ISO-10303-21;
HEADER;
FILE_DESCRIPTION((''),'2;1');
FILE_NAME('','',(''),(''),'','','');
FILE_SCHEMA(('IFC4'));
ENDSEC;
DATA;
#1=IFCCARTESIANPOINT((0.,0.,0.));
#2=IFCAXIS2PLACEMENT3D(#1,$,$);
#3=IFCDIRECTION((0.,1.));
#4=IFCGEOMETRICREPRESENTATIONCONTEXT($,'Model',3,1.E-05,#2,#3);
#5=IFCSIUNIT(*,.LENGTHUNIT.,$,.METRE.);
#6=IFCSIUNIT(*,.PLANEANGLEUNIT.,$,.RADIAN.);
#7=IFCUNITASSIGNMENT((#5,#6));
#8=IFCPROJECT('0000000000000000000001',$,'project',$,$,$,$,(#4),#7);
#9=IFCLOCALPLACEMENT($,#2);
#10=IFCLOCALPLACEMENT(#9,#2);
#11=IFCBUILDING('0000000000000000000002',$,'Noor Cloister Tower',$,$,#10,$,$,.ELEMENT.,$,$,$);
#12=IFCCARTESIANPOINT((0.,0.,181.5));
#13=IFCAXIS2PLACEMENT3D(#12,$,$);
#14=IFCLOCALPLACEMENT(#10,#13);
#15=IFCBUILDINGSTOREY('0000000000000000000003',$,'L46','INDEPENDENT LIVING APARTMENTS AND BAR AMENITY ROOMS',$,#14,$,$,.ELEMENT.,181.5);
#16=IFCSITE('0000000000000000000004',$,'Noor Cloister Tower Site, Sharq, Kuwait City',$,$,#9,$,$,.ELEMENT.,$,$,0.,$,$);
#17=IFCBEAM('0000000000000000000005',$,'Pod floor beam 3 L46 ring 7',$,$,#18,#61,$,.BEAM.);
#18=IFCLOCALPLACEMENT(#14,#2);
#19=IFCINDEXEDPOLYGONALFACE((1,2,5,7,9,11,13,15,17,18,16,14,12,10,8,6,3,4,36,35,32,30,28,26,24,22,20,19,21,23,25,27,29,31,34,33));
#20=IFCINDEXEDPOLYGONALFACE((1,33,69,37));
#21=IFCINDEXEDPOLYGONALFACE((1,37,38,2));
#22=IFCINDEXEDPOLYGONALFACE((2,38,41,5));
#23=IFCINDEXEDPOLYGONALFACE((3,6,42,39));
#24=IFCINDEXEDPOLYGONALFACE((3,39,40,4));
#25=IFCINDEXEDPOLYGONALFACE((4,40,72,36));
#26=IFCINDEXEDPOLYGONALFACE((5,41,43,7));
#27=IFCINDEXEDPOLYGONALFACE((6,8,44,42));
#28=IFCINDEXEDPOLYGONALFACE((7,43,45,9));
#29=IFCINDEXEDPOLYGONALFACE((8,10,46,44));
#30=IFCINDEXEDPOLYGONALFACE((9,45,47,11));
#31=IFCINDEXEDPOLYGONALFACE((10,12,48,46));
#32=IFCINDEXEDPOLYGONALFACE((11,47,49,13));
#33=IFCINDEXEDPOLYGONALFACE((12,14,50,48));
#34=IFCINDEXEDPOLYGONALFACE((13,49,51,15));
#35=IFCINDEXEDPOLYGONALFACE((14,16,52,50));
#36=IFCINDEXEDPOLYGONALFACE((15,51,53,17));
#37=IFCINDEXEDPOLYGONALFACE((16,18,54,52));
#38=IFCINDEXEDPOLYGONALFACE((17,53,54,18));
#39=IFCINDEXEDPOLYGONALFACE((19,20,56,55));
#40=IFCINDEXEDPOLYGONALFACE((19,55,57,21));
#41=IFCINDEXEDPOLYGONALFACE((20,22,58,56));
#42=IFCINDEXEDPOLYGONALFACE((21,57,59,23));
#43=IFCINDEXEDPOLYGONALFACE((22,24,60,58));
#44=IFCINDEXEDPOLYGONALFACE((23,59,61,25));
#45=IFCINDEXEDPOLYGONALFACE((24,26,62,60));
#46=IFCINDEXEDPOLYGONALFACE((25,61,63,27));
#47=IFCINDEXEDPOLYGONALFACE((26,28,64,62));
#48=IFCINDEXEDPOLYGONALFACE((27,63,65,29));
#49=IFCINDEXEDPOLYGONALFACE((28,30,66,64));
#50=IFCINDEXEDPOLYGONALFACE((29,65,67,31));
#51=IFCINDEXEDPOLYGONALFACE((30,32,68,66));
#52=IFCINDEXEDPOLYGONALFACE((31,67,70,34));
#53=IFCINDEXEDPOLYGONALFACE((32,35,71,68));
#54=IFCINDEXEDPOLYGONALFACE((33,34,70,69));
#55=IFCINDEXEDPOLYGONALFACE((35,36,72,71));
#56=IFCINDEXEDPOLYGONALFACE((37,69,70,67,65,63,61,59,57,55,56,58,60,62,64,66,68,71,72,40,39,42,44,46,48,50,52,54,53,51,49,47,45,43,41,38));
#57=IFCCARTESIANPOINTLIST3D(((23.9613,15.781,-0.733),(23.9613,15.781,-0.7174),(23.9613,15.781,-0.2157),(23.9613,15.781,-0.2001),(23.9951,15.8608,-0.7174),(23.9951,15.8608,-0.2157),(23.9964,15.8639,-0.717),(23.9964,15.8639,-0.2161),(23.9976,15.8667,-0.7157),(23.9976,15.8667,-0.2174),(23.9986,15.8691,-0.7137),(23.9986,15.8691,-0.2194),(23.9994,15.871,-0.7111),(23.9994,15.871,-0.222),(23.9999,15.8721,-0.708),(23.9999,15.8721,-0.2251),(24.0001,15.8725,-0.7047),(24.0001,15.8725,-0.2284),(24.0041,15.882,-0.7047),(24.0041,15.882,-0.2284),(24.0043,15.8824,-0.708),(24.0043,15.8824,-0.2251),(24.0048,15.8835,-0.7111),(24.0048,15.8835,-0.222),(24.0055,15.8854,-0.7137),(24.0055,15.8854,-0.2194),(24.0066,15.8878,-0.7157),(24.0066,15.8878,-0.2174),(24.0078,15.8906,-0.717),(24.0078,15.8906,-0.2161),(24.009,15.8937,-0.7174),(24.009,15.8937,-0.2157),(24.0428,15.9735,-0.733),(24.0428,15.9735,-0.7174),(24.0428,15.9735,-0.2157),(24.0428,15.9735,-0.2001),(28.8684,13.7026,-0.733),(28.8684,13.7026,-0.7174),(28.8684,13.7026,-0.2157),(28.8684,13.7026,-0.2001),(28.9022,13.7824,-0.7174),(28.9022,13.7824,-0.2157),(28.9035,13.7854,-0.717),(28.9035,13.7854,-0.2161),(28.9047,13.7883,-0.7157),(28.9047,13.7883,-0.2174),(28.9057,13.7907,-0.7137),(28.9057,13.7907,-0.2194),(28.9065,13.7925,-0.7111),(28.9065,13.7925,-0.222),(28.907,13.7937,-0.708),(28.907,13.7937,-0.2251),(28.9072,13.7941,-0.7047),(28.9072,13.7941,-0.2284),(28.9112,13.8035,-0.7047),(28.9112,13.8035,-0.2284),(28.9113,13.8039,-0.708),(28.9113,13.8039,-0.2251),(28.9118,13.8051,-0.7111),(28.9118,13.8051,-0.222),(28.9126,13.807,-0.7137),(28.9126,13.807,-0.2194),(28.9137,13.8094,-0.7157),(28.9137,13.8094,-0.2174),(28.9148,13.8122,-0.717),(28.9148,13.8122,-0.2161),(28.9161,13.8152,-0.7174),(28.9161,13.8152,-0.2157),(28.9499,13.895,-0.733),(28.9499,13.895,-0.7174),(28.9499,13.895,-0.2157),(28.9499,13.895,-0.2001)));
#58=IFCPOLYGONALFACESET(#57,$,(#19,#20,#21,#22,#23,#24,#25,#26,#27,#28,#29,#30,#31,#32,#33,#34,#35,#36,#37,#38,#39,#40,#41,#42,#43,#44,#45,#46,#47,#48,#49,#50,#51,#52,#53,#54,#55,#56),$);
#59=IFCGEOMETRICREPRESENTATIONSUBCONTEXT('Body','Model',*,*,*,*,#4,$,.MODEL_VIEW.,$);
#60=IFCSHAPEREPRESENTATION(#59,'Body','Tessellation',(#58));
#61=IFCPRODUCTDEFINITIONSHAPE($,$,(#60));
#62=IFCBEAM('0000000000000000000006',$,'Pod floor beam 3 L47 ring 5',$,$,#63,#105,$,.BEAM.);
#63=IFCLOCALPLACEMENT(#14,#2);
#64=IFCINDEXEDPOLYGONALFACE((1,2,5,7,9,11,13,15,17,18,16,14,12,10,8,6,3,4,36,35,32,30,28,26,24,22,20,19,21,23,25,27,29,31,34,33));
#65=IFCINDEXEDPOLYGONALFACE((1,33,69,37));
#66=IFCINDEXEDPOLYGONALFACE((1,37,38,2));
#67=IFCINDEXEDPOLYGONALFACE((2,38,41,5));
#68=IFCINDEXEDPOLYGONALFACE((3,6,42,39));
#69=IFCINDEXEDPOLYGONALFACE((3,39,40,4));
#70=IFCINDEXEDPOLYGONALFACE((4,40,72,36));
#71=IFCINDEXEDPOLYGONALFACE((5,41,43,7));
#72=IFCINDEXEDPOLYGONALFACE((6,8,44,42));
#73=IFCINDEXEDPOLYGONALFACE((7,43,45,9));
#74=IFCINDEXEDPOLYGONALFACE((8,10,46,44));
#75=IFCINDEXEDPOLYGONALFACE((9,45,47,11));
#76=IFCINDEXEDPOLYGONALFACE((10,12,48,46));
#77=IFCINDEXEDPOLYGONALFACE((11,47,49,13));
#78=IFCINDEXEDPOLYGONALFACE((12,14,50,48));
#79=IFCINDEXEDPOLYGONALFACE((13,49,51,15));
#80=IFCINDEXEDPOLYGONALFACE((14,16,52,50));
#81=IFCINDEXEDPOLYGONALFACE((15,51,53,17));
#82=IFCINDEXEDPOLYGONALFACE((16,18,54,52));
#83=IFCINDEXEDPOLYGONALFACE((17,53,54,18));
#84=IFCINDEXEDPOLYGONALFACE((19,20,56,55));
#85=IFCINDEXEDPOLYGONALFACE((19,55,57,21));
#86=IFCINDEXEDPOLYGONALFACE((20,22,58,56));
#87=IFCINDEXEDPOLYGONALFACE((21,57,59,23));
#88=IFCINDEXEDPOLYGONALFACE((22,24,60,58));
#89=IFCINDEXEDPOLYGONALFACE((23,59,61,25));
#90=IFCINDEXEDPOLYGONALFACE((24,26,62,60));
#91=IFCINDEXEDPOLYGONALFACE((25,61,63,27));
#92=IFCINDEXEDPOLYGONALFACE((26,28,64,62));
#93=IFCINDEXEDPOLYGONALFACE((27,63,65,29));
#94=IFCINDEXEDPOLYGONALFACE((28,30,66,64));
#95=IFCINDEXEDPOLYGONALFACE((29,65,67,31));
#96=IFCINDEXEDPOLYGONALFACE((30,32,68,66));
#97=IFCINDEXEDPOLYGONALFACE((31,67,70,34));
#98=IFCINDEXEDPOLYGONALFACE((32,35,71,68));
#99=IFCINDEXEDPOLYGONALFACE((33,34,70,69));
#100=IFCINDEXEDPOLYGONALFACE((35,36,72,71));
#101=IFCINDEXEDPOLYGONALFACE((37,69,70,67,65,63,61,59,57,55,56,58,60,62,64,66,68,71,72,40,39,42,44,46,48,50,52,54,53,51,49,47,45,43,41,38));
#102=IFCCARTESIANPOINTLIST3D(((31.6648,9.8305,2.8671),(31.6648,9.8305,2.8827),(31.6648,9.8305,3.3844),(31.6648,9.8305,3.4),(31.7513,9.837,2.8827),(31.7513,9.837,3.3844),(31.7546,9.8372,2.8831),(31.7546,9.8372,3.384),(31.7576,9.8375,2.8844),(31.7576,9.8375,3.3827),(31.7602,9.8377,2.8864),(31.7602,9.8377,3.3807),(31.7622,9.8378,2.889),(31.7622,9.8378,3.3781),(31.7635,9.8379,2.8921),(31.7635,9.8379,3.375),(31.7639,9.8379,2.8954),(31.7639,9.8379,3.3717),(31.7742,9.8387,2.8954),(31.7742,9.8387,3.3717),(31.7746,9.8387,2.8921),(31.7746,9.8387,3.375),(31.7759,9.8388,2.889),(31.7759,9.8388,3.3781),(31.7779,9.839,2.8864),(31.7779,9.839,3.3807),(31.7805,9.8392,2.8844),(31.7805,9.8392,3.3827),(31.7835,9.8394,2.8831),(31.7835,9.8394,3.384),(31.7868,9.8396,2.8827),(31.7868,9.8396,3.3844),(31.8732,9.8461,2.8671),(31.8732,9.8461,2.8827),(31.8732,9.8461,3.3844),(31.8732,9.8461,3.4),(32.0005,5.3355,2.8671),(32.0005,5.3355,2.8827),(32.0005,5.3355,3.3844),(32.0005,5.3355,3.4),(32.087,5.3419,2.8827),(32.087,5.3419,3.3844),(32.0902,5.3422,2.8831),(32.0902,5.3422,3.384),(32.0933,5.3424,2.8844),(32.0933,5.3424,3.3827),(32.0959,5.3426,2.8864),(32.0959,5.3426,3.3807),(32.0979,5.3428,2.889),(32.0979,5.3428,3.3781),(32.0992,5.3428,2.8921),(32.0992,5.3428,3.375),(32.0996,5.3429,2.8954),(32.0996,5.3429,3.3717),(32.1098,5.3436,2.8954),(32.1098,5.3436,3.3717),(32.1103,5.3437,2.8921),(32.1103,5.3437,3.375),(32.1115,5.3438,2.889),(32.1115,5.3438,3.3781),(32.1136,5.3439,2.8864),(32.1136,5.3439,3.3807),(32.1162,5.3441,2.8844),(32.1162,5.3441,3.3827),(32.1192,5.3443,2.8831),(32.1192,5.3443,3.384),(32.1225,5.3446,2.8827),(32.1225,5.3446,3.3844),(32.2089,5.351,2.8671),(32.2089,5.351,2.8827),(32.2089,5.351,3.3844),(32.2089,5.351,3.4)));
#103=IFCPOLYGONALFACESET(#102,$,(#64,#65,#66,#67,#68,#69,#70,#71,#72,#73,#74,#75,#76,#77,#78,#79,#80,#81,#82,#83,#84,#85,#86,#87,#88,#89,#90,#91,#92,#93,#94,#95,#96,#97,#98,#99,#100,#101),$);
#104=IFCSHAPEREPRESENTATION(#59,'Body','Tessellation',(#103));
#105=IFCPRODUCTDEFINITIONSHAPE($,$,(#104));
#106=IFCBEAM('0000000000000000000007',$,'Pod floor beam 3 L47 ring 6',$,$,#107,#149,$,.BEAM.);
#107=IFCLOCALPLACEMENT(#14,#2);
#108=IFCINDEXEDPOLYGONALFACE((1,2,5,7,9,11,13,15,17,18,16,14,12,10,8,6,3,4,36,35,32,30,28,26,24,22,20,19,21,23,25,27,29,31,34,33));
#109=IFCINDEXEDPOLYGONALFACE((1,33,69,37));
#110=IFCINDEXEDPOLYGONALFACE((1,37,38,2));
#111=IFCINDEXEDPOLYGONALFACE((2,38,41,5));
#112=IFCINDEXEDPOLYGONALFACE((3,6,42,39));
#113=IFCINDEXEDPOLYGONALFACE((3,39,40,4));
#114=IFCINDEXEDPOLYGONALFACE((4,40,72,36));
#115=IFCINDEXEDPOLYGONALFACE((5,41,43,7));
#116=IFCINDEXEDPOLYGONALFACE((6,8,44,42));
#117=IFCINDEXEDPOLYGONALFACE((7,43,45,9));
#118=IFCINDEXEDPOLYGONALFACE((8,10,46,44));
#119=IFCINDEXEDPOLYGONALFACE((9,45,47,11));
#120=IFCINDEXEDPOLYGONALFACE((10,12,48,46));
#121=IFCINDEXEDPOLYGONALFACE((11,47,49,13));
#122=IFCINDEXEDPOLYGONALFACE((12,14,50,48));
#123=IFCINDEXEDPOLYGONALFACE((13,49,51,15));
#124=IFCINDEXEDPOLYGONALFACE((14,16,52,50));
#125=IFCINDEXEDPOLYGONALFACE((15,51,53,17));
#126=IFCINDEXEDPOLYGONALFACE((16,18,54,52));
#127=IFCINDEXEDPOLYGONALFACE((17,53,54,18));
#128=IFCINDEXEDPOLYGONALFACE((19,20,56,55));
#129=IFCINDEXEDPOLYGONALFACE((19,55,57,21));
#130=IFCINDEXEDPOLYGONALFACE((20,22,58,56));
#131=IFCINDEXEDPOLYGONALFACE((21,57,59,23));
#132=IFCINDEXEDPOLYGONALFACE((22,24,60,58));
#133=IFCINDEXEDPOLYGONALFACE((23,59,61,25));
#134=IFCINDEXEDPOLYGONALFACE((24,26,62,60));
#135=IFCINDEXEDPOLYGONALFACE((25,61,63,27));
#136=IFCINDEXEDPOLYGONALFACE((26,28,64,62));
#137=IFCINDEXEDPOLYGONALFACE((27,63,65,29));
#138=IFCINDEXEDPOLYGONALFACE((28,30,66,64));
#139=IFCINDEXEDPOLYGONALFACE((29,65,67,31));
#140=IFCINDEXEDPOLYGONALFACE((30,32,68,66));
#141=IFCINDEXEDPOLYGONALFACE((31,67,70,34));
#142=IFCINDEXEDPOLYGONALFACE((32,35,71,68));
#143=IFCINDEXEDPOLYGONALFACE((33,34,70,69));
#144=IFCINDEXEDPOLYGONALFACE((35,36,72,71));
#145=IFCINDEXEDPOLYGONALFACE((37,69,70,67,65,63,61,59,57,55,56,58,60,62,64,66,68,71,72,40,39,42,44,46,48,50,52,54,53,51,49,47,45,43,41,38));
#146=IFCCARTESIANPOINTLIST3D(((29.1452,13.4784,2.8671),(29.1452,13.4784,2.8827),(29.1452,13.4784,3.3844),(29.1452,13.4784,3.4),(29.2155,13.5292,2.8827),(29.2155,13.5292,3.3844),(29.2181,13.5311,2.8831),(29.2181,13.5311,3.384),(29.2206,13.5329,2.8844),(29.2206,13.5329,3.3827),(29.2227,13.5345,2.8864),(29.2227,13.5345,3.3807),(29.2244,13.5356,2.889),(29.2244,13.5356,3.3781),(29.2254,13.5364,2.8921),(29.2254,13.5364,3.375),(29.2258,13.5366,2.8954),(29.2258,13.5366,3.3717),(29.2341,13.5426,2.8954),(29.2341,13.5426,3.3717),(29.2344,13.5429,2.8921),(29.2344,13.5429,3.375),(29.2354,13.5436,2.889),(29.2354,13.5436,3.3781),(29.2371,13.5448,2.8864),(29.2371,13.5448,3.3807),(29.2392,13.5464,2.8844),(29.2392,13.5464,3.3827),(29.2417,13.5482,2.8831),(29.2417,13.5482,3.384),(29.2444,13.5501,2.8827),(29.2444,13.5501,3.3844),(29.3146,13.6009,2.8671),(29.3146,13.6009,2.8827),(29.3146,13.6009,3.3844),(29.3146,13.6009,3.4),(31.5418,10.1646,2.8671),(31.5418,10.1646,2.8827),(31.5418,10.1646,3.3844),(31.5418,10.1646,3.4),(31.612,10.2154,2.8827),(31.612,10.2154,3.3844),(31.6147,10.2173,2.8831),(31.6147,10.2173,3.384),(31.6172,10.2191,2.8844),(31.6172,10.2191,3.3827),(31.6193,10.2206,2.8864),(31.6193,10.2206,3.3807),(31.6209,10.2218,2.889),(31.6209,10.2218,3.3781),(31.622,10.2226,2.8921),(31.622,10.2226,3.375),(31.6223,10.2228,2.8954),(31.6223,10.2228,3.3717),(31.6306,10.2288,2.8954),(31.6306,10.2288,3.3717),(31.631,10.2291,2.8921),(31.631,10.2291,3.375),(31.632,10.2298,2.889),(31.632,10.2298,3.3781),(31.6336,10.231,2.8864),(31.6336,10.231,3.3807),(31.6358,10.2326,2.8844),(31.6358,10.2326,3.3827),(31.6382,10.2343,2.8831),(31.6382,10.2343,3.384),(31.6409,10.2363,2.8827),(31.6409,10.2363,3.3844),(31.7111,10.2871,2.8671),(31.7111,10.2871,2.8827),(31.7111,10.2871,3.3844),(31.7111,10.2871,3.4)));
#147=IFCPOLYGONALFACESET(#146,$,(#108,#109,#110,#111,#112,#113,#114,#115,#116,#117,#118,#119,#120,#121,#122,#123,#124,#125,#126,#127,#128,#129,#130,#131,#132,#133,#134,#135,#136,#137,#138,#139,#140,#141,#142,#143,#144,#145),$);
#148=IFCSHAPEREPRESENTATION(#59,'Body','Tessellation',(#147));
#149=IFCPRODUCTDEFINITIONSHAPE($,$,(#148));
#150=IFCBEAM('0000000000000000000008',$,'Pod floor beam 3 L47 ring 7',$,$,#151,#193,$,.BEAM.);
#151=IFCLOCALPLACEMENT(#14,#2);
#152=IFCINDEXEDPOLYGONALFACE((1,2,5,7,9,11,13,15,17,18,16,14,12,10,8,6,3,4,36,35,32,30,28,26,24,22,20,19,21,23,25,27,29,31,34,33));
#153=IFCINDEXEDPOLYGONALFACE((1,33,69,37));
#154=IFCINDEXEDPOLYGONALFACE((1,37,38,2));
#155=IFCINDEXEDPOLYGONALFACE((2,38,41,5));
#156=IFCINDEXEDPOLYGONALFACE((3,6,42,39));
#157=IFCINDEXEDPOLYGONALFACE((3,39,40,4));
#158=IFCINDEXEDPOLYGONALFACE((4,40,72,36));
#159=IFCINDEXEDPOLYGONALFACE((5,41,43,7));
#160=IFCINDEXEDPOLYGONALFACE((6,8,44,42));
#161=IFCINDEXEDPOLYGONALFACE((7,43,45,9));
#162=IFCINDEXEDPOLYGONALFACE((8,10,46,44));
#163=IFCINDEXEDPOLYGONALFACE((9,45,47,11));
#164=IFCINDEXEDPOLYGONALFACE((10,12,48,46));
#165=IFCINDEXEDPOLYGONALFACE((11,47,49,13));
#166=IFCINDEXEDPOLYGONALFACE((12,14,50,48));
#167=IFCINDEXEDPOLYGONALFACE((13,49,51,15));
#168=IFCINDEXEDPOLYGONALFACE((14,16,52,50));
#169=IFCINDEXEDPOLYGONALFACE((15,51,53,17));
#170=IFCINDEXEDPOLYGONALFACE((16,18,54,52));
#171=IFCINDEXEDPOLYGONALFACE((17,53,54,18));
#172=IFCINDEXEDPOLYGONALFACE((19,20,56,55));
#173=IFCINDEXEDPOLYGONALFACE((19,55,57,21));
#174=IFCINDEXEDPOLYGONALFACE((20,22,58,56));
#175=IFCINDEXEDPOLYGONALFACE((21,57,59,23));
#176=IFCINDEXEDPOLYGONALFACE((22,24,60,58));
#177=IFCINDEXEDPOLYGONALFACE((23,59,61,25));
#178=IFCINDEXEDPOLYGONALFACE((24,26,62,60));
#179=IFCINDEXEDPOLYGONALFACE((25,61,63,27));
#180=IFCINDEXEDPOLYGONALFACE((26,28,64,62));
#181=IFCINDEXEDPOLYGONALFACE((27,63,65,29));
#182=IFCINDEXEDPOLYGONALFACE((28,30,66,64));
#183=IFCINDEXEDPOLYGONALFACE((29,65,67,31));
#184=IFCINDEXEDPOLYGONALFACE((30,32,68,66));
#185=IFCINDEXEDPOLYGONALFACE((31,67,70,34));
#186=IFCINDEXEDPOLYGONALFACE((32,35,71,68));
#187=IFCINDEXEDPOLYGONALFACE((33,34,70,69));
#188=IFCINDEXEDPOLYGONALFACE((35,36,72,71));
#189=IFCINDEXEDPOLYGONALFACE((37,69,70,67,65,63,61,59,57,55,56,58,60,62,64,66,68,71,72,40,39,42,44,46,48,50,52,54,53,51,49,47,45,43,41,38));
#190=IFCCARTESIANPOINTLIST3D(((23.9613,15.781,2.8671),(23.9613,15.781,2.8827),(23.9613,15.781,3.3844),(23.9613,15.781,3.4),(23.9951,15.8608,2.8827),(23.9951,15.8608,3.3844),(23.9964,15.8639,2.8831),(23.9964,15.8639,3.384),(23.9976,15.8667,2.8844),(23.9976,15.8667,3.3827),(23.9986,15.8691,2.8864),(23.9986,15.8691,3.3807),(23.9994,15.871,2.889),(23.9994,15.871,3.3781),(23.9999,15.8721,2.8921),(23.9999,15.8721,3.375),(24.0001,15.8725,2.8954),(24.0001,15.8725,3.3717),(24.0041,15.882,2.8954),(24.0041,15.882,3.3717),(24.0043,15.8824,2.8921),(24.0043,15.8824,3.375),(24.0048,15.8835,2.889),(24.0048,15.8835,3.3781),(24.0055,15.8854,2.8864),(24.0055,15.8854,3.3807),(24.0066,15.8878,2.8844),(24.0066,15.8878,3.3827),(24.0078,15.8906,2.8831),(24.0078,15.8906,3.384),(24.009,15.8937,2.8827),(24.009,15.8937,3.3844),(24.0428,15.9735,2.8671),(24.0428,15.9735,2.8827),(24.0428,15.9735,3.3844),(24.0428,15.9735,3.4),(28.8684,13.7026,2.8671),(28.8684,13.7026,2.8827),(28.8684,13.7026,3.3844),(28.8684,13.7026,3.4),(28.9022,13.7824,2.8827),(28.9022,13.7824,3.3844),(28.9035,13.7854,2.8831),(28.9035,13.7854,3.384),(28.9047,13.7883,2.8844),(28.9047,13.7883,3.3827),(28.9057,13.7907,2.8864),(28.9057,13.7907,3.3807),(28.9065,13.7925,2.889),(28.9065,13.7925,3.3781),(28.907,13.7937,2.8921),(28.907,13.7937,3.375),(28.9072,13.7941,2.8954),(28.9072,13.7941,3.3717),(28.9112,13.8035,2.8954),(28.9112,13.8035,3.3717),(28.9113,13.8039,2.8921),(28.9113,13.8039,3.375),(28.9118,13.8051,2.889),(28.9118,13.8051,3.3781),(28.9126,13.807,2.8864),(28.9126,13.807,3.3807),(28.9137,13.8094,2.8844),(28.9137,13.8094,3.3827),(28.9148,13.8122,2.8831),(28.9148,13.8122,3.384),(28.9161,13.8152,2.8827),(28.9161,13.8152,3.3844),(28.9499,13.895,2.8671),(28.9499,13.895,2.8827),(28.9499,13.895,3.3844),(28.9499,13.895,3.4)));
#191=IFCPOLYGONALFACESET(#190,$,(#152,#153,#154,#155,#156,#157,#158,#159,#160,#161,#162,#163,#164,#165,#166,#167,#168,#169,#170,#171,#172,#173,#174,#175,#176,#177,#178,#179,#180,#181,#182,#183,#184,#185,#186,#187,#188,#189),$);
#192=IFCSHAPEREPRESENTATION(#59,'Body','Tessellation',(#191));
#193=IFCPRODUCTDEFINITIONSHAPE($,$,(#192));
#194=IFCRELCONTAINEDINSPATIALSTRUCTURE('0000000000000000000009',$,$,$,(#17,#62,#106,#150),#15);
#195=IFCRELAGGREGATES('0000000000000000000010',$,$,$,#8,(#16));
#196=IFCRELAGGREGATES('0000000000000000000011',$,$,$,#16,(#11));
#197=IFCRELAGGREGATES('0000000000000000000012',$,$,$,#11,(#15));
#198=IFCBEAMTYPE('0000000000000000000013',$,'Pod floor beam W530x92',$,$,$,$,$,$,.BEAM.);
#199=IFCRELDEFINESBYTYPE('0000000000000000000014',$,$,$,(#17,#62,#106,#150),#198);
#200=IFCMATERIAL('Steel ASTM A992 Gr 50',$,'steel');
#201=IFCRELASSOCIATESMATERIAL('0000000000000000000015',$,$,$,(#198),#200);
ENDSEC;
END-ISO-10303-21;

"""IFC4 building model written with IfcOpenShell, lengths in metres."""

from ifc_helpers import new_model, si_unit, direction, frame, origin, origin_2d, place, context, subcontext, project, spatial, i_section, extrude, material, material_profile, profile_set, type_object, element, save


model = new_model("IFC4")

# Units and contexts
model_context = context("Model", 3, precision=1e-05, world=origin(), true_north=direction((0.0, 1.0)))
body_context = subcontext(model_context, "Body", "Model", "MODEL_VIEW")
ifc_project = project(units=[si_unit("LENGTHUNIT", "METRE"), si_unit("PLANEANGLEUNIT", "RADIAN")], contexts=[model_context])

# Site, building, storey
site_placement = place(None, origin())
site = spatial("IfcSite", under=ifc_project, at=site_placement, Name="Noor Cloister Tower Site, Sharq, Kuwait City", CompositionType="ELEMENT", RefElevation=0.0)
building_placement = place(site_placement, origin())
building = spatial("IfcBuilding", under=site, at=building_placement, Name="Noor Cloister Tower", CompositionType="ELEMENT")
storey_placement = place(building_placement, frame((0.0, 0.0, 181.5)))
storey = spatial("IfcBuildingStorey", under=building, at=storey_placement, Name="L46", Description="INDEPENDENT LIVING APARTMENTS AND BAR AMENITY ROOMS", CompositionType="ELEMENT", Elevation=181.5)

# Beams
ifc_material_1 = material(Name="Steel ASTM A992 Gr 50", Category="steel")
ifc_material_profile_1 = material_profile(ifc_material_1, i_section(OverallWidth=0.209, OverallDepth=0.533, WebThickness=0.0103, FlangeThickness=0.0156, FilletRadius=0.0127, at=origin_2d()), Name="W530x92")
ifc_profile_set_1 = profile_set([ifc_material_profile_1], Name="Steel ASTM A992 Gr 50")
beam_type = type_object("IfcBeamType", Name="Pod floor beam W530x92", PredefinedType="BEAM", material=ifc_profile_set_1)
beam_1_placement = place(storey_placement, frame((28.9092, 13.7988, -0.4666), z_axis=(-0.92081, 0.390012, 0.0), x_axis=(-0.390012, -0.92081, 0.0)))
element("IfcBeam", 1, at=beam_1_placement, inside=storey, type_object=beam_type, Name="Pod floor beam 3 L46 ring 7", PredefinedType="BEAM", context=body_context, shape_type="SweptSolid", body=[
    extrude(i_section(OverallWidth=0.209, OverallDepth=0.533, WebThickness=0.0103, FlangeThickness=0.0156, FilletRadius=0.0127, at=origin_2d()), origin(), (0.0, 0.0, 1.0), 5.3291),
])
beam_2_placement = place(storey_placement, frame((32.1047, 5.3433, 3.1335), z_axis=(-0.074472, 0.997223, 0.0), x_axis=(-0.997223, -0.074472, 0.0)))
element("IfcBeam", 2, at=beam_2_placement, inside=storey, type_object=beam_type, Name="Pod floor beam 3 L47 ring 5", PredefinedType="BEAM", context=body_context, shape_type="SweptSolid", body=[
    extrude(i_section(OverallWidth=0.209, OverallDepth=0.533, WebThickness=0.0103, FlangeThickness=0.0156, FilletRadius=0.0127, at=origin_2d()), origin(), (0.0, 0.0, 1.0), 4.5076),
])
beam_3_placement = place(storey_placement, frame((31.6265, 10.2258, 3.1335), z_axis=(-0.586011, 0.810303, 0.0), x_axis=(-0.810303, -0.586011, 0.0)))
element("IfcBeam", 3, at=beam_3_placement, inside=storey, type_object=beam_type, Name="Pod floor beam 3 L47 ring 6", PredefinedType="BEAM", context=body_context, shape_type="SweptSolid", body=[
    extrude(i_section(OverallWidth=0.209, OverallDepth=0.533, WebThickness=0.0103, FlangeThickness=0.0156, FilletRadius=0.0127, at=origin_2d()), origin(), (0.0, 0.0, 1.0), 4.0896),
])
beam_4_placement = place(storey_placement, frame((28.9092, 13.7988, 3.1335), z_axis=(-0.92081, 0.390012, 0.0), x_axis=(-0.390012, -0.92081, 0.0)))
element("IfcBeam", 4, at=beam_4_placement, inside=storey, type_object=beam_type, Name="Pod floor beam 3 L47 ring 7", PredefinedType="BEAM", context=body_context, shape_type="SweptSolid", body=[
    extrude(i_section(OverallWidth=0.209, OverallDepth=0.533, WebThickness=0.0103, FlangeThickness=0.0156, FilletRadius=0.0127, at=origin_2d()), origin(), (0.0, 0.0, 1.0), 5.3291),
])

save(model, "model.ifc")
